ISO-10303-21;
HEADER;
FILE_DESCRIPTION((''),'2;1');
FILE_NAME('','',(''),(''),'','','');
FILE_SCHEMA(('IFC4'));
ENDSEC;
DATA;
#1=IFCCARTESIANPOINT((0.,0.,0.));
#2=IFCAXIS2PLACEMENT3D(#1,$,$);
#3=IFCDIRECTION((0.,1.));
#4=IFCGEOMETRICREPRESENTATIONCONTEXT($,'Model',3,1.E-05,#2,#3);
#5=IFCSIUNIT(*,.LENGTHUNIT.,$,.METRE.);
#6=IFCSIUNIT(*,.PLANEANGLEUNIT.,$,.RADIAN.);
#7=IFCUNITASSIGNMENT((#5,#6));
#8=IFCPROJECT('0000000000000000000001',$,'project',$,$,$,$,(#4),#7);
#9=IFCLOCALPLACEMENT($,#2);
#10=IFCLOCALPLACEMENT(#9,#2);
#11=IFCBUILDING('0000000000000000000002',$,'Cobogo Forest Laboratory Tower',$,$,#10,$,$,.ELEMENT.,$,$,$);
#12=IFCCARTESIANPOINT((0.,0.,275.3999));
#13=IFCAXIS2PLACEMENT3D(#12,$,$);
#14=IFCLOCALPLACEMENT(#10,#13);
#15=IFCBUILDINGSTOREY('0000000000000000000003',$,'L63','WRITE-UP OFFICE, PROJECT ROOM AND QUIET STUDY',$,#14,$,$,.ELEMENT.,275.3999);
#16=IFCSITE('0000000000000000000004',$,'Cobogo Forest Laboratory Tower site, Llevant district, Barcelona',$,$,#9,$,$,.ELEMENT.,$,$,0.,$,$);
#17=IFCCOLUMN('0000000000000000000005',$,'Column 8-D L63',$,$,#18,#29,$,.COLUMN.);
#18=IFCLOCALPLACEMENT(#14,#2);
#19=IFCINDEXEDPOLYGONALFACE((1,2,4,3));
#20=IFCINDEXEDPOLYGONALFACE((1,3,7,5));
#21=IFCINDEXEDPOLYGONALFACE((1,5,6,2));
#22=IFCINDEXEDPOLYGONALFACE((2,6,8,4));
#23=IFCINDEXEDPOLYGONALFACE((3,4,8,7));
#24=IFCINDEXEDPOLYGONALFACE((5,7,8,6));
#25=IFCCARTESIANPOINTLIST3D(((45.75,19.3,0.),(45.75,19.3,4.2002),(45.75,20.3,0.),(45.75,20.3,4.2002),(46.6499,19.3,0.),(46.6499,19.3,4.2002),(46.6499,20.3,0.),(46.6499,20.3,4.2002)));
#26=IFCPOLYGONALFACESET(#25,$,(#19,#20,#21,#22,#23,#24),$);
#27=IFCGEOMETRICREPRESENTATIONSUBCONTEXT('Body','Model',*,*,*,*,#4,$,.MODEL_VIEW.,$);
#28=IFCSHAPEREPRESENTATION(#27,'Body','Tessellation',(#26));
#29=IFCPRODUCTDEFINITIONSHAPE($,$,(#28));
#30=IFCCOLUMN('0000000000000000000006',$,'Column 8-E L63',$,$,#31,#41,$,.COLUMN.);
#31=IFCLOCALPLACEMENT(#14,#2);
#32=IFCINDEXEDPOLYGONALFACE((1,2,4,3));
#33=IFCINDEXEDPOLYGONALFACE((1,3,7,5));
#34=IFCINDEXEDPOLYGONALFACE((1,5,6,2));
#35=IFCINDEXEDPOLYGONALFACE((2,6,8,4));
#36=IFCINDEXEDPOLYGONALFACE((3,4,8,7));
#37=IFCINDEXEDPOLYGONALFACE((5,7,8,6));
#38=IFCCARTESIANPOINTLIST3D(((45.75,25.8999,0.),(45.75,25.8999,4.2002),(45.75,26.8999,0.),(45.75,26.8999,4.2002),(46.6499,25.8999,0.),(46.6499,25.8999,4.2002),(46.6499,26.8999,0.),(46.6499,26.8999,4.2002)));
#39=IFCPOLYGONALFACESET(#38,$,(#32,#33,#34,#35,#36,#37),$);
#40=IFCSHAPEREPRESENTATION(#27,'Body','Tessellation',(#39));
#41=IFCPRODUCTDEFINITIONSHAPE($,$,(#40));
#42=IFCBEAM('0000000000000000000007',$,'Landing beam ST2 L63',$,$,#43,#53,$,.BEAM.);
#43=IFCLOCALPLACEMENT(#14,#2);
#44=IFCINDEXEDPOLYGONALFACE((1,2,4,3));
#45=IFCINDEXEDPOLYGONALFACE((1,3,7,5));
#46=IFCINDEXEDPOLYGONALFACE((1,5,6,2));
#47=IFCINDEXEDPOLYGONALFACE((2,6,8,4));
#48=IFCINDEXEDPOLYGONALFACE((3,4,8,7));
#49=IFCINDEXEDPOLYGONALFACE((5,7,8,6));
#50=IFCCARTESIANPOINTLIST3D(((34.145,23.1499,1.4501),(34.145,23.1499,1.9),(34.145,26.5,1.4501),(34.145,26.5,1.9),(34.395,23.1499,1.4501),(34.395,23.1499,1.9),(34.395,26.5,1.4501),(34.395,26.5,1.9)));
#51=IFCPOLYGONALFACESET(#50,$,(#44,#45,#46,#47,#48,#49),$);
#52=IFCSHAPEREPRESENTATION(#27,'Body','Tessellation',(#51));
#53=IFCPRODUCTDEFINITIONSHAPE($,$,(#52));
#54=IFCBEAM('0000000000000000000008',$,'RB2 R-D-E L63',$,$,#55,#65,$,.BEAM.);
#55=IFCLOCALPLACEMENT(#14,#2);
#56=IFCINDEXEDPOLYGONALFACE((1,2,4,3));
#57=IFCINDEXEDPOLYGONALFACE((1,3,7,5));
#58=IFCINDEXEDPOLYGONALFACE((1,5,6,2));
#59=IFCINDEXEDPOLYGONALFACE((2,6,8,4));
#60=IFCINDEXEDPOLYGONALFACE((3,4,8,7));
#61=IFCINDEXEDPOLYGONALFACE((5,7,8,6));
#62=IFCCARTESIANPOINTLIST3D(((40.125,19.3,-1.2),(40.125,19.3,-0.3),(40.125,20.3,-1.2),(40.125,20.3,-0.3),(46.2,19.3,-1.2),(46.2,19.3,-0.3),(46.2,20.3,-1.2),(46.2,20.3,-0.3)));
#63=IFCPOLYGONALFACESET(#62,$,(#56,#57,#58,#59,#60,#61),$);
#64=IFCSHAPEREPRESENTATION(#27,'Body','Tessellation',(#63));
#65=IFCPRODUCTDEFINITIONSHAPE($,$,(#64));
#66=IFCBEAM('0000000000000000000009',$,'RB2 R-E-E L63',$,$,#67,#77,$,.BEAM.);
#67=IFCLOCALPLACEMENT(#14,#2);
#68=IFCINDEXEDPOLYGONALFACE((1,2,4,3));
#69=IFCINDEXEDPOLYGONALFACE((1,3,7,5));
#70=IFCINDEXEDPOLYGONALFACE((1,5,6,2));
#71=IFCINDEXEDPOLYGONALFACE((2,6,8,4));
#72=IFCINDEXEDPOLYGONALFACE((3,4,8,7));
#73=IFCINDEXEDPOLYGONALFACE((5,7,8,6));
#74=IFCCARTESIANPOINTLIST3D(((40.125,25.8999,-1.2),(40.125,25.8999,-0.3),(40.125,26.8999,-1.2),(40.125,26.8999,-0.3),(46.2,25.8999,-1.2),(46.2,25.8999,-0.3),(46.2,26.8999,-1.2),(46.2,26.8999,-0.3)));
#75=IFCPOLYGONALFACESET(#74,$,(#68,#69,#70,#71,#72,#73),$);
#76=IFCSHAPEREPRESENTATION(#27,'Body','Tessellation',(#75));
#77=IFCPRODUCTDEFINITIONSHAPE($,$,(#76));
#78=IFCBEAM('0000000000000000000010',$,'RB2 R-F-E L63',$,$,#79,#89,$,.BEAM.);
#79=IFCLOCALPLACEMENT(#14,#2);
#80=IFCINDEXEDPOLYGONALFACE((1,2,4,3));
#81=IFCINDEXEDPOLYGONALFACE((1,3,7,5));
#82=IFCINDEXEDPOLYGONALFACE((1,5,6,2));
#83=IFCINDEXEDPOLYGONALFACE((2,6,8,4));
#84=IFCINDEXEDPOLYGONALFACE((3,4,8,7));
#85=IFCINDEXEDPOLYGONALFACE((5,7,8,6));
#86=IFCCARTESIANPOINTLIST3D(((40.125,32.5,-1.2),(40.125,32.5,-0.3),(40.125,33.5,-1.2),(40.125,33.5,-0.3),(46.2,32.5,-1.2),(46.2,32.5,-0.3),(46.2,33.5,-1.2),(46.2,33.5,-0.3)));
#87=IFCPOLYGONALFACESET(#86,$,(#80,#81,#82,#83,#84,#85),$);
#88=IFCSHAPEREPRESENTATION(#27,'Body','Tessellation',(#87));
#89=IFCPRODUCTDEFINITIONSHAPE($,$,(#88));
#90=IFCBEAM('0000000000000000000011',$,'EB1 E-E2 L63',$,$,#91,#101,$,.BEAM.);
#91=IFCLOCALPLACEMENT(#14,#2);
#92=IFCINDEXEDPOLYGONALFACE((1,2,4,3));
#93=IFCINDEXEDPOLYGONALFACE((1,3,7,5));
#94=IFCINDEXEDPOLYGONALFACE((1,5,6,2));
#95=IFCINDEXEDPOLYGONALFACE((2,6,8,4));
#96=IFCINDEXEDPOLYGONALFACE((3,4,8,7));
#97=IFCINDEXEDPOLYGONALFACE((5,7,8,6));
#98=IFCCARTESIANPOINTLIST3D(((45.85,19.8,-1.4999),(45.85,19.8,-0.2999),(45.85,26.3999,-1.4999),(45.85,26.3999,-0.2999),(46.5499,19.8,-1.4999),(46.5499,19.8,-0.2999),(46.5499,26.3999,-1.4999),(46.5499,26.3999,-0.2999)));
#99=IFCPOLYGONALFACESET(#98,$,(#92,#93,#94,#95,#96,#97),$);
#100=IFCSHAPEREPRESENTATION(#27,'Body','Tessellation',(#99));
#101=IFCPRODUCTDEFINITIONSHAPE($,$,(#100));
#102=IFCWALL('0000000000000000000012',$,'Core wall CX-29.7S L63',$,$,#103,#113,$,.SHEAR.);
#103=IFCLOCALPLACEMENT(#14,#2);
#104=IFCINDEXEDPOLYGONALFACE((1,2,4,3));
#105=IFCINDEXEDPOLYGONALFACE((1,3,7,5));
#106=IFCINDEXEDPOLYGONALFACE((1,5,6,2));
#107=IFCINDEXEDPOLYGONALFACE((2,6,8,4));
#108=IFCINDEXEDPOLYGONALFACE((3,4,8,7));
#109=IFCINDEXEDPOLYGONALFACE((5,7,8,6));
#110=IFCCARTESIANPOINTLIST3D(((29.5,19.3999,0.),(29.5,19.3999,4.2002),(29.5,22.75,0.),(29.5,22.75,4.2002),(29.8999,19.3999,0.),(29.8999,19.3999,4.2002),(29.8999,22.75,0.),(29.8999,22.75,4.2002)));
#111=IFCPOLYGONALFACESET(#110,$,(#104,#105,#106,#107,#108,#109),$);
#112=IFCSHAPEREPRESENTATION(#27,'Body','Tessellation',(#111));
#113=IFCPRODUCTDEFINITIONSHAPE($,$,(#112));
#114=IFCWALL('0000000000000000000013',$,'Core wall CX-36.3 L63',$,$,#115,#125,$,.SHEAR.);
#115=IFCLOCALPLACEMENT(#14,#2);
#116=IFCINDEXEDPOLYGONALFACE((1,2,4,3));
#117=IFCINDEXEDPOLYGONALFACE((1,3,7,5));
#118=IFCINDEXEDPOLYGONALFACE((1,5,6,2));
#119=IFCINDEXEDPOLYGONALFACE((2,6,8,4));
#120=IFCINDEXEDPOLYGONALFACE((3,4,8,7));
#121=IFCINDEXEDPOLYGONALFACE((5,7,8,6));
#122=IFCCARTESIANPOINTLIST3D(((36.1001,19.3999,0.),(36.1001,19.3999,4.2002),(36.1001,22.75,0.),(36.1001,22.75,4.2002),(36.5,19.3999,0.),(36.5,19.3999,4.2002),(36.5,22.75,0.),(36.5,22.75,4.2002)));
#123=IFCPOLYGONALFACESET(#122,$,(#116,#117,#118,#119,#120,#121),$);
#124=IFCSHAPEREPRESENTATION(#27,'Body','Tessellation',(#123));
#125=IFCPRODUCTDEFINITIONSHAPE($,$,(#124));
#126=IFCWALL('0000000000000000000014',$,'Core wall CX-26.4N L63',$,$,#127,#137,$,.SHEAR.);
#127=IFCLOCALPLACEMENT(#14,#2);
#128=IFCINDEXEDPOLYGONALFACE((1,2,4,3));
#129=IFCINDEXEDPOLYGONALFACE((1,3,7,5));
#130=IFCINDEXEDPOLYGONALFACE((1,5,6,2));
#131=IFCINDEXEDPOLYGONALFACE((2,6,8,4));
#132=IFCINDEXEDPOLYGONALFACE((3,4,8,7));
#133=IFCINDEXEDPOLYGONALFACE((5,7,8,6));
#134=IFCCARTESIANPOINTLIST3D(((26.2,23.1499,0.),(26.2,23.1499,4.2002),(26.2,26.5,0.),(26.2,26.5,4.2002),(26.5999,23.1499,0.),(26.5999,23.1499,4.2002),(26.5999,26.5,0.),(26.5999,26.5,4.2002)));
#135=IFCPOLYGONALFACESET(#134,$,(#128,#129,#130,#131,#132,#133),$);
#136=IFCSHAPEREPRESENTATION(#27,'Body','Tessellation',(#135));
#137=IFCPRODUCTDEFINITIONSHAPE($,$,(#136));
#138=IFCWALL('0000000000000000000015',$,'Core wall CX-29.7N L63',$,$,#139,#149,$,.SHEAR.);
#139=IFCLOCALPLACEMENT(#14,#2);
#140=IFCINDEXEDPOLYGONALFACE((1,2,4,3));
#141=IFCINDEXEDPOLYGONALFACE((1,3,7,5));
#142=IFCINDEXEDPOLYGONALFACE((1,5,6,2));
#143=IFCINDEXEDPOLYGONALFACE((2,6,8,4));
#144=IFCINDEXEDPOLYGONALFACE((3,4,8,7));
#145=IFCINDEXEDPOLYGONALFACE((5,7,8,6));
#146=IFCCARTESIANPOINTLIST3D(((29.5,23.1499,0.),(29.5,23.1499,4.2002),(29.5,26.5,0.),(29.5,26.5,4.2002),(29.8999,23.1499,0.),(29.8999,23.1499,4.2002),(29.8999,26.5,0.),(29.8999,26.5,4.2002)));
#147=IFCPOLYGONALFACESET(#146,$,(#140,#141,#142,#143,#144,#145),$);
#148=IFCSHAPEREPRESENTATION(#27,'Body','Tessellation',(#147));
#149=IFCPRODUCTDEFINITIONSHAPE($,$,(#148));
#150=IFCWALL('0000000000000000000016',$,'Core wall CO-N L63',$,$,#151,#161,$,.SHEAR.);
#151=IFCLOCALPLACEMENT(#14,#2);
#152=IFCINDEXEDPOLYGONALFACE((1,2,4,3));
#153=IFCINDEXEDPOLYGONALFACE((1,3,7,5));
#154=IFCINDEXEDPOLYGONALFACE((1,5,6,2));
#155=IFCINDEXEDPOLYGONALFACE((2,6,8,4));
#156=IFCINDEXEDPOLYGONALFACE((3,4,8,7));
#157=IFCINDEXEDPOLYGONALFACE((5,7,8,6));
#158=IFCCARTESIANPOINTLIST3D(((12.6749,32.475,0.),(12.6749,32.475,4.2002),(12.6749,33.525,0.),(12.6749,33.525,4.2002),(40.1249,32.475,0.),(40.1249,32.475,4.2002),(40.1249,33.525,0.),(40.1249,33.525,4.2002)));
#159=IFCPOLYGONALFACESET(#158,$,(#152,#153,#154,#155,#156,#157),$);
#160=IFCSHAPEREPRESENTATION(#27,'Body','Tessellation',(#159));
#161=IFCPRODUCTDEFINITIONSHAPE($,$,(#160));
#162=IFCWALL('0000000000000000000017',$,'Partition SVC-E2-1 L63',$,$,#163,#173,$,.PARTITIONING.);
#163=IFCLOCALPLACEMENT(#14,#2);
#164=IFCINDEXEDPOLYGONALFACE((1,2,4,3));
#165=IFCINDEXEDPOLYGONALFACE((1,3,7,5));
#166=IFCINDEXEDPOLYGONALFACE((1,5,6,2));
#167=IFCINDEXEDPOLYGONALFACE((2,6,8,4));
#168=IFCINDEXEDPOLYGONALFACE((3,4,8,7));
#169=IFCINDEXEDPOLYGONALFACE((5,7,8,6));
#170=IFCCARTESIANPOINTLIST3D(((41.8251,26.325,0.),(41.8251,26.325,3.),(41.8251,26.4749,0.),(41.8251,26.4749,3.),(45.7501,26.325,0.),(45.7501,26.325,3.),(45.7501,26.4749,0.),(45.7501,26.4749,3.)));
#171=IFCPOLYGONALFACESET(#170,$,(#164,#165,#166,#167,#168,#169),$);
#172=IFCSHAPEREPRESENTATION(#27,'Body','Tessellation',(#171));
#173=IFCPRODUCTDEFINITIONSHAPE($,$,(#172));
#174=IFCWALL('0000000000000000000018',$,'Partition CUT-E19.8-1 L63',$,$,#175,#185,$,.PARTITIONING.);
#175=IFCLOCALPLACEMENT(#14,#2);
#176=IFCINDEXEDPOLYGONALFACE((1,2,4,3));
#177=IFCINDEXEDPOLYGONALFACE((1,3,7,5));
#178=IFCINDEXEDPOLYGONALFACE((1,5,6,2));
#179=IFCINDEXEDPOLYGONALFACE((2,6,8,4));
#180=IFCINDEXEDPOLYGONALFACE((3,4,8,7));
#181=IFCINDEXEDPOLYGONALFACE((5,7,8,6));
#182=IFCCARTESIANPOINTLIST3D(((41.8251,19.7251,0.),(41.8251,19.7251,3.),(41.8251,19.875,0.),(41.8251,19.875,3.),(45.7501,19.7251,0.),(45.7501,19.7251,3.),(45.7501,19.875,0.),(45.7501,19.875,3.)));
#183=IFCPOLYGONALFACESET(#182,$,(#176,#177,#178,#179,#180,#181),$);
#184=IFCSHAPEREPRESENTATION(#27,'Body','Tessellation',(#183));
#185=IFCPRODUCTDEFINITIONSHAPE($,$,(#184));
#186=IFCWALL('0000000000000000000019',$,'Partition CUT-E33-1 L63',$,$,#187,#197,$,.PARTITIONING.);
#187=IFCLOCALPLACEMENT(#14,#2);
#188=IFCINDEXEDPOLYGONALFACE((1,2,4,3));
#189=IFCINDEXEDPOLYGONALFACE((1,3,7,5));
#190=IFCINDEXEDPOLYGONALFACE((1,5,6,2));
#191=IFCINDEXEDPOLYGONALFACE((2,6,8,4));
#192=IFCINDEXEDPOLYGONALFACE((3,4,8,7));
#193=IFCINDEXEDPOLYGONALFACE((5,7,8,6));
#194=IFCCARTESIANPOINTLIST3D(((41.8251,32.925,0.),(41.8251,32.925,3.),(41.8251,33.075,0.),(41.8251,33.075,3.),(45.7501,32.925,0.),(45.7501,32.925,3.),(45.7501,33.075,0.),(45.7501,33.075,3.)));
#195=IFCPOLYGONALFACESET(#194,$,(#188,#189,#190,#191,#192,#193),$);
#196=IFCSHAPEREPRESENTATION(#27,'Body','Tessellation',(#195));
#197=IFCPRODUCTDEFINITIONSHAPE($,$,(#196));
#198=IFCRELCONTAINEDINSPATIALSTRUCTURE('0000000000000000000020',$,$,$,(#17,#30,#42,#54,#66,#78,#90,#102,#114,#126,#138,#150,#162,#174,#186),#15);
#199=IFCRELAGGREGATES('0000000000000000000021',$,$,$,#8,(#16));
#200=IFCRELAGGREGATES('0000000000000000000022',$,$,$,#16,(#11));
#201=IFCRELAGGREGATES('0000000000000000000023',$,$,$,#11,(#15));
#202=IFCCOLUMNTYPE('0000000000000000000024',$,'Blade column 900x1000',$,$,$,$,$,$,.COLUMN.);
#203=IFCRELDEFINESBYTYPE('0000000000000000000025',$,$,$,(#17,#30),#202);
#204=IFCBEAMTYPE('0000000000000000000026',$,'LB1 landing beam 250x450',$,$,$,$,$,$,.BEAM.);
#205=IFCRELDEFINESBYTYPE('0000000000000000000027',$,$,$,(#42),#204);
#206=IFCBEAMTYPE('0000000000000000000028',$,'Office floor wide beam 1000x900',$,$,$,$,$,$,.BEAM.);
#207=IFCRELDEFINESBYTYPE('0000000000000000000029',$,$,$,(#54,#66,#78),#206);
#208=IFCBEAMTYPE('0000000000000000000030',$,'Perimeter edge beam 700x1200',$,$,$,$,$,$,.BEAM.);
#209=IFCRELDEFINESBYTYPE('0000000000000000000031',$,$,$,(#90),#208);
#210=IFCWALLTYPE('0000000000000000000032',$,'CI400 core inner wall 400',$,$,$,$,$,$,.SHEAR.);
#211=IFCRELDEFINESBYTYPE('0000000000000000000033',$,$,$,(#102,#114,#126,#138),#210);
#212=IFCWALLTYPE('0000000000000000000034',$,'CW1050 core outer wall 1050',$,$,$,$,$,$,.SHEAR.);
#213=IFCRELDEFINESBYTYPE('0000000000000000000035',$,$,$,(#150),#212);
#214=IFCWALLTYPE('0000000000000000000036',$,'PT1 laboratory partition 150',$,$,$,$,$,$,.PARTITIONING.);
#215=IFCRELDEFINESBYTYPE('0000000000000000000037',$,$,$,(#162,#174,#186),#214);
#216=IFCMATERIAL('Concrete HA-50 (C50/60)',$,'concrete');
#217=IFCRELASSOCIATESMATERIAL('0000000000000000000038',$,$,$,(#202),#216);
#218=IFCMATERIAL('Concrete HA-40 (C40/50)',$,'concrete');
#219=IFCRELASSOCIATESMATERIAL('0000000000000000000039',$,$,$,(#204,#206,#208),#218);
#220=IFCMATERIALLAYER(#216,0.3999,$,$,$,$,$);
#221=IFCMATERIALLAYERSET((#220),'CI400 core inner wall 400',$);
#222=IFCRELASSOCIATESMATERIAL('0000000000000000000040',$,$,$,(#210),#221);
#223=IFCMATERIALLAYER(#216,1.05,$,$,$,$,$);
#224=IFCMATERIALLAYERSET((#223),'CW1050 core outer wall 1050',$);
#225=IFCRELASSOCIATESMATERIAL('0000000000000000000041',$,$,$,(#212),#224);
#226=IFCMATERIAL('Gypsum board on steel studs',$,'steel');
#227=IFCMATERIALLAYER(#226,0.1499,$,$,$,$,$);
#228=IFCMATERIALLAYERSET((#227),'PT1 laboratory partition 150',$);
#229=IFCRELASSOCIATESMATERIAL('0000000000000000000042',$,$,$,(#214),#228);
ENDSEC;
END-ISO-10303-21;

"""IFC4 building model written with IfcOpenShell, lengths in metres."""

from ifc_helpers import new_model, si_unit, direction, frame, frame_2d, origin, origin_2d, place, context, subcontext, project, spatial, rectangle, extrude, material, layer, layer_set, material_profile, profile_set, type_object, element, save


model = new_model("IFC4")

# Units and contexts
model_context = context("Model", 3, precision=1e-05, world=origin(), true_north=direction((0.0, 1.0)))
body_context = subcontext(model_context, "Body", "Model", "MODEL_VIEW")
ifc_project = project(units=[si_unit("LENGTHUNIT", "METRE"), si_unit("PLANEANGLEUNIT", "RADIAN")], contexts=[model_context])

# Site, building, storey
site_placement = place(None, origin())
site = spatial("IfcSite", under=ifc_project, at=site_placement, Name="Cobogo Forest Laboratory Tower site, Llevant district, Barcelona", CompositionType="ELEMENT", RefElevation=0.0)
building_placement = place(site_placement, origin())
building = spatial("IfcBuilding", under=site, at=building_placement, Name="Cobogo Forest Laboratory Tower", CompositionType="ELEMENT")
storey_placement = place(building_placement, frame((0.0, 0.0, 275.3999)))
storey = spatial("IfcBuildingStorey", under=building, at=storey_placement, Name="L63", Description="WRITE-UP OFFICE, PROJECT ROOM AND QUIET STUDY", CompositionType="ELEMENT", Elevation=275.3999)

# Columns
ifc_material_1 = material(Name="Concrete HA-50 (C50/60)", Category="concrete")
ifc_material_profile_1 = material_profile(ifc_material_1, rectangle(XDim=1.0, YDim=0.8999, at=origin_2d()), Name="RC 900x1000")
ifc_profile_set_1 = profile_set([ifc_material_profile_1], Name="Concrete HA-50 (C50/60)")
column_type = type_object("IfcColumnType", Name="Blade column 900x1000", PredefinedType="COLUMN", material=ifc_profile_set_1)
for number, where, z_axis, x_axis, name in (
    (1, (46.2, 19.8, 0.0), (0.0, 0.0, 1.0), (0.0, 1.0, 0.0), "Column 8-D L63"),
    (2, (46.2, 26.3999, 0.0), (0.0, 0.0, 1.0), (0.0, 1.0, 0.0), "Column 8-E L63"),
):
    element("IfcColumn", number, at=place(storey_placement, frame(where, z_axis=z_axis, x_axis=x_axis)), inside=storey, type_object=column_type, Name=name, PredefinedType="COLUMN", context=body_context, shape_type="SweptSolid", body=[
        extrude(rectangle(XDim=1.0, YDim=0.8999, at=origin_2d()), origin(), (0.0, 0.0, 1.0), 4.2002),
    ])

# Beams
ifc_material_2 = material(Name="Concrete HA-40 (C40/50)", Category="concrete")
ifc_material_profile_2 = material_profile(ifc_material_2, rectangle(XDim=0.25, YDim=0.45, at=origin_2d()), Name="RC 250x450")
ifc_profile_set_2 = profile_set([ifc_material_profile_2], Name="Concrete HA-40 (C40/50)")
beam_type_1 = type_object("IfcBeamType", Name="LB1 landing beam 250x450", PredefinedType="BEAM", material=ifc_profile_set_2)
beam_1_placement = place(storey_placement, frame((34.27, 23.1499, 1.675), z_axis=(0.0, 1.0, 0.0), x_axis=(-1.0, 0.0, 0.0)))
element("IfcBeam", 3, at=beam_1_placement, inside=storey, type_object=beam_type_1, Name="Landing beam ST2 L63", PredefinedType="BEAM", context=body_context, shape_type="SweptSolid", body=[
    extrude(rectangle(XDim=0.25, YDim=0.45, at=origin_2d()), origin(), (0.0, 0.0, 1.0), 3.3501),
])
ifc_material_profile_3 = material_profile(ifc_material_2, rectangle(XDim=1.0, YDim=0.8999, at=origin_2d()), Name="RC 1000x900")
ifc_profile_set_3 = profile_set([ifc_material_profile_3], Name="Concrete HA-40 (C40/50)")
beam_type_2 = type_object("IfcBeamType", Name="Office floor wide beam 1000x900", PredefinedType="BEAM", material=ifc_profile_set_3)
for number, where, z_axis, x_axis, name in (
    (4, (40.125, 19.8, -0.75), (1.0, 0.0, 0.0), (0.0, 1.0, 0.0), "RB2 R-D-E L63"),
    (5, (40.125, 26.3999, -0.75), (1.0, 0.0, 0.0), (0.0, 1.0, 0.0), "RB2 R-E-E L63"),
    (6, (40.125, 33.0, -0.75), (1.0, 0.0, 0.0), (0.0, 1.0, 0.0), "RB2 R-F-E L63"),
):
    element("IfcBeam", number, at=place(storey_placement, frame(where, z_axis=z_axis, x_axis=x_axis)), inside=storey, type_object=beam_type_2, Name=name, PredefinedType="BEAM", context=body_context, shape_type="SweptSolid", body=[
        extrude(rectangle(XDim=1.0, YDim=0.8999, at=origin_2d()), origin(), (0.0, 0.0, 1.0), 6.075),
    ])
ifc_material_profile_4 = material_profile(ifc_material_2, rectangle(XDim=0.7, YDim=1.2, at=origin_2d()), Name="RC 700x1200")
ifc_profile_set_4 = profile_set([ifc_material_profile_4], Name="Concrete HA-40 (C40/50)")
beam_type_3 = type_object("IfcBeamType", Name="Perimeter edge beam 700x1200", PredefinedType="BEAM", material=ifc_profile_set_4)
beam_2_placement = place(storey_placement, frame((46.2, 19.8, -0.8999), z_axis=(0.0, 1.0, 0.0), x_axis=(-1.0, 0.0, 0.0)))
element("IfcBeam", 7, at=beam_2_placement, inside=storey, type_object=beam_type_3, Name="EB1 E-E2 L63", PredefinedType="BEAM", context=body_context, shape_type="SweptSolid", body=[
    extrude(rectangle(XDim=0.7, YDim=1.2, at=origin_2d()), origin(), (0.0, 0.0, 1.0), 6.5999),
])

# Walls
ifc_layer_1 = layer(ifc_material_1, 0.3999)
ifc_layer_set_1 = layer_set([ifc_layer_1], Name="CI400 core inner wall 400")
wall_type_1 = type_object("IfcWallType", Name="CI400 core inner wall 400", PredefinedType="SHEAR", material=ifc_layer_set_1)
for number, where, z_axis, x_axis, name in (
    (8, (29.7, 19.3999, 0.0), (0.0, 0.0, 1.0), (0.0, 1.0, 0.0), "Core wall CX-29.7S L63"),
    (9, (36.3, 19.3999, 0.0), (0.0, 0.0, 1.0), (0.0, 1.0, 0.0), "Core wall CX-36.3 L63"),
    (10, (26.3999, 23.1499, 0.0), (0.0, 0.0, 1.0), (0.0, 1.0, 0.0), "Core wall CX-26.4N L63"),
    (11, (29.7, 23.1499, 0.0), (0.0, 0.0, 1.0), (0.0, 1.0, 0.0), "Core wall CX-29.7N L63"),
):
    element("IfcWall", number, at=place(storey_placement, frame(where, z_axis=z_axis, x_axis=x_axis)), inside=storey, type_object=wall_type_1, Name=name, PredefinedType="SHEAR", context=body_context, shape_type="SweptSolid", body=[
        extrude(rectangle(XDim=3.3501, YDim=0.3999, at=frame_2d((1.675, 0.0))), origin(), (0.0, 0.0, 1.0), 4.2002),
    ])
ifc_layer_2 = layer(ifc_material_1, 1.05)
ifc_layer_set_2 = layer_set([ifc_layer_2], Name="CW1050 core outer wall 1050")
wall_type_2 = type_object("IfcWallType", Name="CW1050 core outer wall 1050", PredefinedType="SHEAR", material=ifc_layer_set_2)
wall_1_placement = place(storey_placement, frame((40.125, 33.0, 0.0), z_axis=(0.0, 0.0, 1.0), x_axis=(-1.0, 0.0, 0.0)))
element("IfcWall", 12, at=wall_1_placement, inside=storey, type_object=wall_type_2, Name="Core wall CO-N L63", PredefinedType="SHEAR", context=body_context, shape_type="SweptSolid", body=[
    extrude(rectangle(XDim=27.45, YDim=1.05, at=frame_2d((13.7251, 0.0))), origin(), (0.0, 0.0, 1.0), 4.2002),
])
ifc_material_3 = material(Name="Gypsum board on steel studs", Category="steel")
ifc_layer_3 = layer(ifc_material_3, 0.1499)
ifc_layer_set_3 = layer_set([ifc_layer_3], Name="PT1 laboratory partition 150")
wall_type_3 = type_object("IfcWallType", Name="PT1 laboratory partition 150", PredefinedType="PARTITIONING", material=ifc_layer_set_3)
for number, where, z_axis, x_axis, name in (
    (13, (45.75, 26.3999, 0.0), (0.0, 0.0, 1.0), (-1.0, 0.0, 0.0), "Partition SVC-E2-1 L63"),
    (14, (45.75, 19.8, 0.0), (0.0, 0.0, 1.0), (-1.0, 0.0, 0.0), "Partition CUT-E19.8-1 L63"),
    (15, (45.75, 33.0, 0.0), (0.0, 0.0, 1.0), (-1.0, 0.0, 0.0), "Partition CUT-E33-1 L63"),
):
    element("IfcWall", number, at=place(storey_placement, frame(where, z_axis=z_axis, x_axis=x_axis)), inside=storey, type_object=wall_type_3, Name=name, PredefinedType="PARTITIONING", context=body_context, shape_type="SweptSolid", body=[
        extrude(rectangle(XDim=3.925, YDim=0.1499, at=frame_2d((1.9624, 0.0))), origin(), (0.0, 0.0, 1.0), 3.0),
    ])

save(model, "model.ifc")
